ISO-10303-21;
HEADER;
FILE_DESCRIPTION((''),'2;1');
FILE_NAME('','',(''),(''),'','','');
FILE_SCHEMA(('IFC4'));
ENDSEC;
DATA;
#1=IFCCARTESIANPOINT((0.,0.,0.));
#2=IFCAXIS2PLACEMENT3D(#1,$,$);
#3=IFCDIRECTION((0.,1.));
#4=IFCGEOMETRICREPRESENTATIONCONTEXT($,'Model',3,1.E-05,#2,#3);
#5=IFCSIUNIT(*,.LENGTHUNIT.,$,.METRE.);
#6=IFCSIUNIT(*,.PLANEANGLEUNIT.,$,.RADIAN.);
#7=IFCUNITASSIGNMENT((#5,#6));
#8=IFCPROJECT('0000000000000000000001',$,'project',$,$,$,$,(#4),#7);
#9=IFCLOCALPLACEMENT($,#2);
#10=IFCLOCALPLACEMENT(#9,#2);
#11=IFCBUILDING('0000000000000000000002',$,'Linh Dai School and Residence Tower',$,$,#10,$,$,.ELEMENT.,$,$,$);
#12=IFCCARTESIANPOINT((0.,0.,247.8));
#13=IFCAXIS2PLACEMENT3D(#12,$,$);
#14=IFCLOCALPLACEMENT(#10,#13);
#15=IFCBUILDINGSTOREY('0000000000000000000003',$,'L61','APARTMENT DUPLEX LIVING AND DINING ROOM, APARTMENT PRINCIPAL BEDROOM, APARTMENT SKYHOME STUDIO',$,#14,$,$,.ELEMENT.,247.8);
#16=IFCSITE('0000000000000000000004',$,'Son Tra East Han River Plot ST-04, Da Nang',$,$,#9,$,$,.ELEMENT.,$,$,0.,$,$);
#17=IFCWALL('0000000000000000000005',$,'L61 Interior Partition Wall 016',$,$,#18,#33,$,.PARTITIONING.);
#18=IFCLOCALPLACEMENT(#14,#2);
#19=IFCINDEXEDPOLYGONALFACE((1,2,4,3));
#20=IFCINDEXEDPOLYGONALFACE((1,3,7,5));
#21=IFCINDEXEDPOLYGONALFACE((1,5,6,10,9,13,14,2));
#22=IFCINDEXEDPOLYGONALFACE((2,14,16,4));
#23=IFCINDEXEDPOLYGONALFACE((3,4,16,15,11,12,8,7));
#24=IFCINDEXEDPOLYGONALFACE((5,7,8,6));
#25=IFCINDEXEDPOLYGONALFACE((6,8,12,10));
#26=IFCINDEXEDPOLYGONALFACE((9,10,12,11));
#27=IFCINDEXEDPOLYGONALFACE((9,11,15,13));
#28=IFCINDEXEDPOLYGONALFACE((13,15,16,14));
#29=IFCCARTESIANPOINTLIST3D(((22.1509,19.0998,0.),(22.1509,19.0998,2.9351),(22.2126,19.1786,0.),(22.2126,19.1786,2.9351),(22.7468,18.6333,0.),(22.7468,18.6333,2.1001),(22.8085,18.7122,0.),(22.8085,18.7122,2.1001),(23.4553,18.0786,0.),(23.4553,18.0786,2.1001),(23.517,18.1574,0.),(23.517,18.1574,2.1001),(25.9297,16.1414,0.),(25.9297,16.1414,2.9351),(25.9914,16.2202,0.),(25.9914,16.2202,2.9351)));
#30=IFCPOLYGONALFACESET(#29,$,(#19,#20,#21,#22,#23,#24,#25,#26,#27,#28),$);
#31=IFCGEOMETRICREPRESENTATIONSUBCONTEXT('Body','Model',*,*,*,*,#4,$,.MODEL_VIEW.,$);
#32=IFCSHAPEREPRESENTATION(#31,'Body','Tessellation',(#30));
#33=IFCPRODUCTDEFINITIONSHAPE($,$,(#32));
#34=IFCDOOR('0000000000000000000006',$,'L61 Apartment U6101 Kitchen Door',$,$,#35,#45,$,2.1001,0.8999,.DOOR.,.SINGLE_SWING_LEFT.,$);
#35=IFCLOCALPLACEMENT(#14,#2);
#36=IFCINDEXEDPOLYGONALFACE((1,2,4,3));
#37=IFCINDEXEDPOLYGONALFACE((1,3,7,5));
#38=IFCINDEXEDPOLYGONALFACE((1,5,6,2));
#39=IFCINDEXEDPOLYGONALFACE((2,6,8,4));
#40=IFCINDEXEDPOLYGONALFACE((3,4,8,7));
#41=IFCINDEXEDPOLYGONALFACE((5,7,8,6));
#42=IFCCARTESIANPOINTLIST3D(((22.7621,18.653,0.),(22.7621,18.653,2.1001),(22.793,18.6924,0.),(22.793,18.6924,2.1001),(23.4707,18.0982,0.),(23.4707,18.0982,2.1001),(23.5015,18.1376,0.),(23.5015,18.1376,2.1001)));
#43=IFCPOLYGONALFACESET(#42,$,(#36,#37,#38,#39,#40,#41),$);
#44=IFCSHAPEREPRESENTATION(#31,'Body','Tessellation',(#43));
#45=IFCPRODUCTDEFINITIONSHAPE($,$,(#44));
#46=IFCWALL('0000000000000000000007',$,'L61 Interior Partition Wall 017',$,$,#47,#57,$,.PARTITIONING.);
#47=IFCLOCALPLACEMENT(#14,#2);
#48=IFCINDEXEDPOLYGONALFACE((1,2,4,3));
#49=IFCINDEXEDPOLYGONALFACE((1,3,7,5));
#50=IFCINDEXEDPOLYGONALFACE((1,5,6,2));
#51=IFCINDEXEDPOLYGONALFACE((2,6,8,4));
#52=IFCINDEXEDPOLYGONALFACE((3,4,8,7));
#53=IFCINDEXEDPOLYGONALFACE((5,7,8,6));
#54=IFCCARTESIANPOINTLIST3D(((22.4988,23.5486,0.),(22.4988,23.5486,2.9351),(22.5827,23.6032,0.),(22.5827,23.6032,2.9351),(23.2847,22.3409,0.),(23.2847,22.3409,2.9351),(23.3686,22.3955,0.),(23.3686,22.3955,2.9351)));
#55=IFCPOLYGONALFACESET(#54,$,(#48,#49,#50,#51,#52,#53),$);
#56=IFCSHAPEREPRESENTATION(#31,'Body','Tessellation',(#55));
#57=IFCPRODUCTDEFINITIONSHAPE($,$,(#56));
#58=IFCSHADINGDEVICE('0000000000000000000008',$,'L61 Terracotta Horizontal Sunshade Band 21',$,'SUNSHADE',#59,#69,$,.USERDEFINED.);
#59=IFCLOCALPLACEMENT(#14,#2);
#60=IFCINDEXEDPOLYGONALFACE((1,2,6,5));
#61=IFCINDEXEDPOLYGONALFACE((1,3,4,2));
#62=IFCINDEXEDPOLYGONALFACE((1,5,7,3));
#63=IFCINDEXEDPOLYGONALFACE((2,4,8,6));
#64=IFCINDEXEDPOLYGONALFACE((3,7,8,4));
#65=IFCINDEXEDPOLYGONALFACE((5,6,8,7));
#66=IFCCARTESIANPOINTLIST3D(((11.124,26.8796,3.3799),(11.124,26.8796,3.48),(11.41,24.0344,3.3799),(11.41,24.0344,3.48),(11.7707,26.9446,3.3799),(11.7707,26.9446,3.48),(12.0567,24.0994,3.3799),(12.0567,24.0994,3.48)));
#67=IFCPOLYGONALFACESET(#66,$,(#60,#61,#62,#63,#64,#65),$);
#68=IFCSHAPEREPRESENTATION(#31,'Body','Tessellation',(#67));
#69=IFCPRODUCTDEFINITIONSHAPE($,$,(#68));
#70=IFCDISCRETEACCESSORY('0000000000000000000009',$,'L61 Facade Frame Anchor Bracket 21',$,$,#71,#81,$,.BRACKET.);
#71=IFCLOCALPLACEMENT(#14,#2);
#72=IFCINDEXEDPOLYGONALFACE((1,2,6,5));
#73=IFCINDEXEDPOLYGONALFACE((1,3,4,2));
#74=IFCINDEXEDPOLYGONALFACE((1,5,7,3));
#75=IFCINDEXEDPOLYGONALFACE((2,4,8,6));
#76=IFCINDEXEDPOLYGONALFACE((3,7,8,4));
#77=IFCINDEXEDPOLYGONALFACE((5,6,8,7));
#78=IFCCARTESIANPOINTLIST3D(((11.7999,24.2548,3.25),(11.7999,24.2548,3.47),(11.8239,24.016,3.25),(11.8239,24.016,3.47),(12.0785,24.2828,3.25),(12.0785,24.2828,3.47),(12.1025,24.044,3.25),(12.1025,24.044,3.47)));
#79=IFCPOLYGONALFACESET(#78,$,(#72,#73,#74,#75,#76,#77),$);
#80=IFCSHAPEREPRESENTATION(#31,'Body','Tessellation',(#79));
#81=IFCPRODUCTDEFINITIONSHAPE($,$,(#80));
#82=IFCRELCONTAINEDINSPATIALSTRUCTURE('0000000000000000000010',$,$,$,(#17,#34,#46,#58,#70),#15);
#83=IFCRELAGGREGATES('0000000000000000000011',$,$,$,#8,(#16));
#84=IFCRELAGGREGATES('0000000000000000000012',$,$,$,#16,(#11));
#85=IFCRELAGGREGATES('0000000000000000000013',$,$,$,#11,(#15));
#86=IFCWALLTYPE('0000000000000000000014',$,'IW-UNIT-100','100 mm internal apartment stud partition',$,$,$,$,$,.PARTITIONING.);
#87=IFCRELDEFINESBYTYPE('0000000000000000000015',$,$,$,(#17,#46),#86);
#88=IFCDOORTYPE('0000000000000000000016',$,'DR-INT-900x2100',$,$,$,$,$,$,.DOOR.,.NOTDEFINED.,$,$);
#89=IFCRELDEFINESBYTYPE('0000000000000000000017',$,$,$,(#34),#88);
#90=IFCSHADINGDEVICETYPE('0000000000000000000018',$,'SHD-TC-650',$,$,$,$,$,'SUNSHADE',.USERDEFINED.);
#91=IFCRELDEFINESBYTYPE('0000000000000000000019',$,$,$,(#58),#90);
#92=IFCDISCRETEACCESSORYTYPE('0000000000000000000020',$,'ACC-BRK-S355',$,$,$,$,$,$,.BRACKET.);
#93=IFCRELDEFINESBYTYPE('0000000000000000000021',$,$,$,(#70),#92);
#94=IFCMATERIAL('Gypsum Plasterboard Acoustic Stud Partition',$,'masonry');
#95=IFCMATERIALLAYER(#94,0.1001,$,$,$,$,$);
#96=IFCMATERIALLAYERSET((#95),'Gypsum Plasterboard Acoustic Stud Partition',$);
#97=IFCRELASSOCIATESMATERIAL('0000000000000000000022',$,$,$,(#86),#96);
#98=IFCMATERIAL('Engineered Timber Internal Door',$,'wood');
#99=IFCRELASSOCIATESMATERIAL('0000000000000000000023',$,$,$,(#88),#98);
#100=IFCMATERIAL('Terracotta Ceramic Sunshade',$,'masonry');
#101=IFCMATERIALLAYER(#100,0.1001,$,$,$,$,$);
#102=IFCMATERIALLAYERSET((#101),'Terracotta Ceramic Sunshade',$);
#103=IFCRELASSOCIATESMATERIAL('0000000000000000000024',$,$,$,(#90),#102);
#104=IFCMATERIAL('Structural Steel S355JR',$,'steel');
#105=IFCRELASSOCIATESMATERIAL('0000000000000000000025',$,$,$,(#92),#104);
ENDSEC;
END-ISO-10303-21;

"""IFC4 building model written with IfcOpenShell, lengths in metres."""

from ifc_helpers import new_model, si_unit, direction, frame, frame_2d, origin, origin_2d, place, context, subcontext, project, spatial, rectangle, extrude, source, transform, mapped, material, layer, layer_set, type_object, element, fill, save


model = new_model("IFC4")

# Units and contexts
model_context = context("Model", 3, precision=1e-05, world=origin(), true_north=direction((0.0, 1.0)))
body_context = subcontext(model_context, "Body", "Model", "MODEL_VIEW")
ifc_project = project(units=[si_unit("LENGTHUNIT", "METRE"), si_unit("PLANEANGLEUNIT", "RADIAN")], contexts=[model_context])

# Site, building, storey
site_placement = place(None, origin())
site = spatial("IfcSite", under=ifc_project, at=site_placement, Name="Son Tra East Han River Plot ST-04, Da Nang", CompositionType="ELEMENT", RefElevation=0.0)
building_placement = place(site_placement, origin())
building = spatial("IfcBuilding", under=site, at=building_placement, Name="Linh Dai School and Residence Tower", CompositionType="ELEMENT")
storey_placement = place(building_placement, frame((0.0, 0.0, 247.8)))
storey = spatial("IfcBuildingStorey", under=building, at=storey_placement, Name="L61", Description="APARTMENT DUPLEX LIVING AND DINING ROOM, APARTMENT PRINCIPAL BEDROOM, APARTMENT SKYHOME STUDIO", CompositionType="ELEMENT", Elevation=247.8)

# Shared definitions
ifc_material_1 = material(Name="Structural Steel S355JR", Category="steel")

# Shared definitions
ifc_material_2 = material(Name="Gypsum Plasterboard Acoustic Stud Partition", Category="masonry")
ifc_layer_1 = layer(ifc_material_2, 0.1001)
ifc_layer_set_1 = layer_set([ifc_layer_1], Name="Gypsum Plasterboard Acoustic Stud Partition")
wall_type_1 = type_object("IfcWallType", Name="IW-UNIT-100", Description="100 mm internal apartment stud partition", PredefinedType="PARTITIONING", material=ifc_layer_set_1)

# Wall, opening, door
wall_1_placement = place(storey_placement, frame((22.1819, 19.1392, 0.0), z_axis=(0.0, 0.0, 1.0), x_axis=(0.787387, -0.616459, 0.0)))
wall_1 = element("IfcWall", 1, at=wall_1_placement, inside=storey, type_object=wall_type_1, Name="L61 Interior Partition Wall 016", PredefinedType="PARTITIONING", context=body_context, shape_type="SweptSolid", body=[
    extrude(rectangle(XDim=4.7991, YDim=0.1001, at=frame_2d((2.3994, 0.0))), origin(), (0.0, 0.0, 1.0), 2.9351),
])
opening_1_placement = place(wall_1_placement, frame((0.7566, 0.0, 0.0)))
opening_1 = element("IfcOpeningElement", 2, at=opening_1_placement, cuts=wall_1, PredefinedType="OPENING", context=body_context, shape_type="SweptSolid", body=[
    extrude(rectangle(XDim=0.8999, YDim=2.1001, at=origin_2d()), frame((0.45, 0.0601, 1.05), z_axis=(0.0, -1.0, 0.0), x_axis=(1.0, 0.0, 0.0)), (0.0, 0.0, 1.0), 0.1201),
])
ifc_material_3 = material(Name="Engineered Timber Internal Door", Category="wood")
door_type_1 = type_object("IfcDoorType", Name="DR-INT-900x2100", OperationType="NOTDEFINED", PredefinedType="DOOR", material=ifc_material_3)
shared_shape_1 = source(origin(), body_context, "Body", "SweptSolid", [
    extrude(rectangle(XDim=0.8999, YDim=2.1001, at=origin_2d()), frame((0.45, 0.0249, 1.05), z_axis=(0.0, -1.0, 0.0), x_axis=(1.0, 0.0, 0.0)), (0.0, 0.0, 1.0), 0.05),
])
door_1_placement = place(opening_1_placement, origin())
door_1 = element("IfcDoor", 3, at=door_1_placement, inside=storey, type_object=door_type_1, Name="L61 Apartment U6101 Kitchen Door", OperationType="SINGLE_SWING_LEFT", OverallHeight=2.1001, OverallWidth=0.8999, PredefinedType="DOOR", context=body_context, shape_type="MappedRepresentation", body=[
    mapped(shared_shape_1, transform((0.0, 0.0, 0.0), x_axis=(1.0, 0.0, 0.0), y_axis=(0.0, 1.0, 0.0), z_axis=(0.0, 0.0, 1.0), scale=1.0)),
])
fill(opening_1, door_1)

# Wall
wall_2_placement = place(storey_placement, frame((22.5408, 23.5759, 0.0), z_axis=(0.0, 0.0, 1.0), x_axis=(0.545399, -0.838176, 0.0)))
element("IfcWall", 4, at=wall_2_placement, inside=storey, type_object=wall_type_1, Name="L61 Interior Partition Wall 017", PredefinedType="PARTITIONING", context=body_context, shape_type="SweptSolid", body=[
    extrude(rectangle(XDim=1.4409, YDim=0.1001, at=frame_2d((0.7205, 0.0))), origin(), (0.0, 0.0, 1.0), 2.9351),
])

# Shading device
ifc_material_4 = material(Name="Terracotta Ceramic Sunshade", Category="masonry")
ifc_layer_2 = layer(ifc_material_4, 0.1001)
ifc_layer_set_2 = layer_set([ifc_layer_2], Name="Terracotta Ceramic Sunshade")
shading_device_type = type_object("IfcShadingDeviceType", Name="SHD-TC-650", ElementType="SUNSHADE", PredefinedType="USERDEFINED", material=ifc_layer_set_2)
shared_shape_2 = source(origin(), body_context, "Body", "SweptSolid", [
    extrude(rectangle(XDim=2.8596, YDim=0.6499, at=origin_2d()), origin(), (0.0, 0.0, 1.0), 0.1001),
])
shading_device_placement = place(storey_placement, frame((11.5903, 25.4895, 3.3799), z_axis=(0.0, 0.0, 1.0), x_axis=(-0.100012, 0.994986, 0.0)))
element("IfcShadingDevice", 5, at=shading_device_placement, inside=storey, type_object=shading_device_type, Name="L61 Terracotta Horizontal Sunshade Band 21", ObjectType="SUNSHADE", PredefinedType="USERDEFINED", context=body_context, shape_type="MappedRepresentation", body=[
    mapped(shared_shape_2, transform((0.0, 0.0, 0.0), x_axis=(1.0, 0.0, 0.0), y_axis=(0.0, 1.0, 0.0), z_axis=(0.0, 0.0, 1.0), scale=1.0)),
])

# Discrete accessory
discrete_accessory_type = type_object("IfcDiscreteAccessoryType", Name="ACC-BRK-S355", PredefinedType="BRACKET", material=ifc_material_1)
shared_shape_3 = source(origin(), body_context, "Body", "SweptSolid", [
    extrude(rectangle(XDim=0.28, YDim=0.24, at=origin_2d()), origin(), (0.0, 0.0, 1.0), 0.22),
])
discrete_accessory_placement = place(storey_placement, frame((11.9512, 24.1494, 3.25), z_axis=(0.0, 0.0, 1.0), x_axis=(-0.994986, -0.100012, 0.0)))
element("IfcDiscreteAccessory", 6, at=discrete_accessory_placement, inside=storey, type_object=discrete_accessory_type, Name="L61 Facade Frame Anchor Bracket 21", PredefinedType="BRACKET", context=body_context, shape_type="MappedRepresentation", body=[
    mapped(shared_shape_3, transform((0.0, 0.0, 0.0), x_axis=(1.0, 0.0, 0.0), y_axis=(0.0, 1.0, 0.0), z_axis=(0.0, 0.0, 1.0), scale=1.0)),
])

save(model, "model.ifc")
